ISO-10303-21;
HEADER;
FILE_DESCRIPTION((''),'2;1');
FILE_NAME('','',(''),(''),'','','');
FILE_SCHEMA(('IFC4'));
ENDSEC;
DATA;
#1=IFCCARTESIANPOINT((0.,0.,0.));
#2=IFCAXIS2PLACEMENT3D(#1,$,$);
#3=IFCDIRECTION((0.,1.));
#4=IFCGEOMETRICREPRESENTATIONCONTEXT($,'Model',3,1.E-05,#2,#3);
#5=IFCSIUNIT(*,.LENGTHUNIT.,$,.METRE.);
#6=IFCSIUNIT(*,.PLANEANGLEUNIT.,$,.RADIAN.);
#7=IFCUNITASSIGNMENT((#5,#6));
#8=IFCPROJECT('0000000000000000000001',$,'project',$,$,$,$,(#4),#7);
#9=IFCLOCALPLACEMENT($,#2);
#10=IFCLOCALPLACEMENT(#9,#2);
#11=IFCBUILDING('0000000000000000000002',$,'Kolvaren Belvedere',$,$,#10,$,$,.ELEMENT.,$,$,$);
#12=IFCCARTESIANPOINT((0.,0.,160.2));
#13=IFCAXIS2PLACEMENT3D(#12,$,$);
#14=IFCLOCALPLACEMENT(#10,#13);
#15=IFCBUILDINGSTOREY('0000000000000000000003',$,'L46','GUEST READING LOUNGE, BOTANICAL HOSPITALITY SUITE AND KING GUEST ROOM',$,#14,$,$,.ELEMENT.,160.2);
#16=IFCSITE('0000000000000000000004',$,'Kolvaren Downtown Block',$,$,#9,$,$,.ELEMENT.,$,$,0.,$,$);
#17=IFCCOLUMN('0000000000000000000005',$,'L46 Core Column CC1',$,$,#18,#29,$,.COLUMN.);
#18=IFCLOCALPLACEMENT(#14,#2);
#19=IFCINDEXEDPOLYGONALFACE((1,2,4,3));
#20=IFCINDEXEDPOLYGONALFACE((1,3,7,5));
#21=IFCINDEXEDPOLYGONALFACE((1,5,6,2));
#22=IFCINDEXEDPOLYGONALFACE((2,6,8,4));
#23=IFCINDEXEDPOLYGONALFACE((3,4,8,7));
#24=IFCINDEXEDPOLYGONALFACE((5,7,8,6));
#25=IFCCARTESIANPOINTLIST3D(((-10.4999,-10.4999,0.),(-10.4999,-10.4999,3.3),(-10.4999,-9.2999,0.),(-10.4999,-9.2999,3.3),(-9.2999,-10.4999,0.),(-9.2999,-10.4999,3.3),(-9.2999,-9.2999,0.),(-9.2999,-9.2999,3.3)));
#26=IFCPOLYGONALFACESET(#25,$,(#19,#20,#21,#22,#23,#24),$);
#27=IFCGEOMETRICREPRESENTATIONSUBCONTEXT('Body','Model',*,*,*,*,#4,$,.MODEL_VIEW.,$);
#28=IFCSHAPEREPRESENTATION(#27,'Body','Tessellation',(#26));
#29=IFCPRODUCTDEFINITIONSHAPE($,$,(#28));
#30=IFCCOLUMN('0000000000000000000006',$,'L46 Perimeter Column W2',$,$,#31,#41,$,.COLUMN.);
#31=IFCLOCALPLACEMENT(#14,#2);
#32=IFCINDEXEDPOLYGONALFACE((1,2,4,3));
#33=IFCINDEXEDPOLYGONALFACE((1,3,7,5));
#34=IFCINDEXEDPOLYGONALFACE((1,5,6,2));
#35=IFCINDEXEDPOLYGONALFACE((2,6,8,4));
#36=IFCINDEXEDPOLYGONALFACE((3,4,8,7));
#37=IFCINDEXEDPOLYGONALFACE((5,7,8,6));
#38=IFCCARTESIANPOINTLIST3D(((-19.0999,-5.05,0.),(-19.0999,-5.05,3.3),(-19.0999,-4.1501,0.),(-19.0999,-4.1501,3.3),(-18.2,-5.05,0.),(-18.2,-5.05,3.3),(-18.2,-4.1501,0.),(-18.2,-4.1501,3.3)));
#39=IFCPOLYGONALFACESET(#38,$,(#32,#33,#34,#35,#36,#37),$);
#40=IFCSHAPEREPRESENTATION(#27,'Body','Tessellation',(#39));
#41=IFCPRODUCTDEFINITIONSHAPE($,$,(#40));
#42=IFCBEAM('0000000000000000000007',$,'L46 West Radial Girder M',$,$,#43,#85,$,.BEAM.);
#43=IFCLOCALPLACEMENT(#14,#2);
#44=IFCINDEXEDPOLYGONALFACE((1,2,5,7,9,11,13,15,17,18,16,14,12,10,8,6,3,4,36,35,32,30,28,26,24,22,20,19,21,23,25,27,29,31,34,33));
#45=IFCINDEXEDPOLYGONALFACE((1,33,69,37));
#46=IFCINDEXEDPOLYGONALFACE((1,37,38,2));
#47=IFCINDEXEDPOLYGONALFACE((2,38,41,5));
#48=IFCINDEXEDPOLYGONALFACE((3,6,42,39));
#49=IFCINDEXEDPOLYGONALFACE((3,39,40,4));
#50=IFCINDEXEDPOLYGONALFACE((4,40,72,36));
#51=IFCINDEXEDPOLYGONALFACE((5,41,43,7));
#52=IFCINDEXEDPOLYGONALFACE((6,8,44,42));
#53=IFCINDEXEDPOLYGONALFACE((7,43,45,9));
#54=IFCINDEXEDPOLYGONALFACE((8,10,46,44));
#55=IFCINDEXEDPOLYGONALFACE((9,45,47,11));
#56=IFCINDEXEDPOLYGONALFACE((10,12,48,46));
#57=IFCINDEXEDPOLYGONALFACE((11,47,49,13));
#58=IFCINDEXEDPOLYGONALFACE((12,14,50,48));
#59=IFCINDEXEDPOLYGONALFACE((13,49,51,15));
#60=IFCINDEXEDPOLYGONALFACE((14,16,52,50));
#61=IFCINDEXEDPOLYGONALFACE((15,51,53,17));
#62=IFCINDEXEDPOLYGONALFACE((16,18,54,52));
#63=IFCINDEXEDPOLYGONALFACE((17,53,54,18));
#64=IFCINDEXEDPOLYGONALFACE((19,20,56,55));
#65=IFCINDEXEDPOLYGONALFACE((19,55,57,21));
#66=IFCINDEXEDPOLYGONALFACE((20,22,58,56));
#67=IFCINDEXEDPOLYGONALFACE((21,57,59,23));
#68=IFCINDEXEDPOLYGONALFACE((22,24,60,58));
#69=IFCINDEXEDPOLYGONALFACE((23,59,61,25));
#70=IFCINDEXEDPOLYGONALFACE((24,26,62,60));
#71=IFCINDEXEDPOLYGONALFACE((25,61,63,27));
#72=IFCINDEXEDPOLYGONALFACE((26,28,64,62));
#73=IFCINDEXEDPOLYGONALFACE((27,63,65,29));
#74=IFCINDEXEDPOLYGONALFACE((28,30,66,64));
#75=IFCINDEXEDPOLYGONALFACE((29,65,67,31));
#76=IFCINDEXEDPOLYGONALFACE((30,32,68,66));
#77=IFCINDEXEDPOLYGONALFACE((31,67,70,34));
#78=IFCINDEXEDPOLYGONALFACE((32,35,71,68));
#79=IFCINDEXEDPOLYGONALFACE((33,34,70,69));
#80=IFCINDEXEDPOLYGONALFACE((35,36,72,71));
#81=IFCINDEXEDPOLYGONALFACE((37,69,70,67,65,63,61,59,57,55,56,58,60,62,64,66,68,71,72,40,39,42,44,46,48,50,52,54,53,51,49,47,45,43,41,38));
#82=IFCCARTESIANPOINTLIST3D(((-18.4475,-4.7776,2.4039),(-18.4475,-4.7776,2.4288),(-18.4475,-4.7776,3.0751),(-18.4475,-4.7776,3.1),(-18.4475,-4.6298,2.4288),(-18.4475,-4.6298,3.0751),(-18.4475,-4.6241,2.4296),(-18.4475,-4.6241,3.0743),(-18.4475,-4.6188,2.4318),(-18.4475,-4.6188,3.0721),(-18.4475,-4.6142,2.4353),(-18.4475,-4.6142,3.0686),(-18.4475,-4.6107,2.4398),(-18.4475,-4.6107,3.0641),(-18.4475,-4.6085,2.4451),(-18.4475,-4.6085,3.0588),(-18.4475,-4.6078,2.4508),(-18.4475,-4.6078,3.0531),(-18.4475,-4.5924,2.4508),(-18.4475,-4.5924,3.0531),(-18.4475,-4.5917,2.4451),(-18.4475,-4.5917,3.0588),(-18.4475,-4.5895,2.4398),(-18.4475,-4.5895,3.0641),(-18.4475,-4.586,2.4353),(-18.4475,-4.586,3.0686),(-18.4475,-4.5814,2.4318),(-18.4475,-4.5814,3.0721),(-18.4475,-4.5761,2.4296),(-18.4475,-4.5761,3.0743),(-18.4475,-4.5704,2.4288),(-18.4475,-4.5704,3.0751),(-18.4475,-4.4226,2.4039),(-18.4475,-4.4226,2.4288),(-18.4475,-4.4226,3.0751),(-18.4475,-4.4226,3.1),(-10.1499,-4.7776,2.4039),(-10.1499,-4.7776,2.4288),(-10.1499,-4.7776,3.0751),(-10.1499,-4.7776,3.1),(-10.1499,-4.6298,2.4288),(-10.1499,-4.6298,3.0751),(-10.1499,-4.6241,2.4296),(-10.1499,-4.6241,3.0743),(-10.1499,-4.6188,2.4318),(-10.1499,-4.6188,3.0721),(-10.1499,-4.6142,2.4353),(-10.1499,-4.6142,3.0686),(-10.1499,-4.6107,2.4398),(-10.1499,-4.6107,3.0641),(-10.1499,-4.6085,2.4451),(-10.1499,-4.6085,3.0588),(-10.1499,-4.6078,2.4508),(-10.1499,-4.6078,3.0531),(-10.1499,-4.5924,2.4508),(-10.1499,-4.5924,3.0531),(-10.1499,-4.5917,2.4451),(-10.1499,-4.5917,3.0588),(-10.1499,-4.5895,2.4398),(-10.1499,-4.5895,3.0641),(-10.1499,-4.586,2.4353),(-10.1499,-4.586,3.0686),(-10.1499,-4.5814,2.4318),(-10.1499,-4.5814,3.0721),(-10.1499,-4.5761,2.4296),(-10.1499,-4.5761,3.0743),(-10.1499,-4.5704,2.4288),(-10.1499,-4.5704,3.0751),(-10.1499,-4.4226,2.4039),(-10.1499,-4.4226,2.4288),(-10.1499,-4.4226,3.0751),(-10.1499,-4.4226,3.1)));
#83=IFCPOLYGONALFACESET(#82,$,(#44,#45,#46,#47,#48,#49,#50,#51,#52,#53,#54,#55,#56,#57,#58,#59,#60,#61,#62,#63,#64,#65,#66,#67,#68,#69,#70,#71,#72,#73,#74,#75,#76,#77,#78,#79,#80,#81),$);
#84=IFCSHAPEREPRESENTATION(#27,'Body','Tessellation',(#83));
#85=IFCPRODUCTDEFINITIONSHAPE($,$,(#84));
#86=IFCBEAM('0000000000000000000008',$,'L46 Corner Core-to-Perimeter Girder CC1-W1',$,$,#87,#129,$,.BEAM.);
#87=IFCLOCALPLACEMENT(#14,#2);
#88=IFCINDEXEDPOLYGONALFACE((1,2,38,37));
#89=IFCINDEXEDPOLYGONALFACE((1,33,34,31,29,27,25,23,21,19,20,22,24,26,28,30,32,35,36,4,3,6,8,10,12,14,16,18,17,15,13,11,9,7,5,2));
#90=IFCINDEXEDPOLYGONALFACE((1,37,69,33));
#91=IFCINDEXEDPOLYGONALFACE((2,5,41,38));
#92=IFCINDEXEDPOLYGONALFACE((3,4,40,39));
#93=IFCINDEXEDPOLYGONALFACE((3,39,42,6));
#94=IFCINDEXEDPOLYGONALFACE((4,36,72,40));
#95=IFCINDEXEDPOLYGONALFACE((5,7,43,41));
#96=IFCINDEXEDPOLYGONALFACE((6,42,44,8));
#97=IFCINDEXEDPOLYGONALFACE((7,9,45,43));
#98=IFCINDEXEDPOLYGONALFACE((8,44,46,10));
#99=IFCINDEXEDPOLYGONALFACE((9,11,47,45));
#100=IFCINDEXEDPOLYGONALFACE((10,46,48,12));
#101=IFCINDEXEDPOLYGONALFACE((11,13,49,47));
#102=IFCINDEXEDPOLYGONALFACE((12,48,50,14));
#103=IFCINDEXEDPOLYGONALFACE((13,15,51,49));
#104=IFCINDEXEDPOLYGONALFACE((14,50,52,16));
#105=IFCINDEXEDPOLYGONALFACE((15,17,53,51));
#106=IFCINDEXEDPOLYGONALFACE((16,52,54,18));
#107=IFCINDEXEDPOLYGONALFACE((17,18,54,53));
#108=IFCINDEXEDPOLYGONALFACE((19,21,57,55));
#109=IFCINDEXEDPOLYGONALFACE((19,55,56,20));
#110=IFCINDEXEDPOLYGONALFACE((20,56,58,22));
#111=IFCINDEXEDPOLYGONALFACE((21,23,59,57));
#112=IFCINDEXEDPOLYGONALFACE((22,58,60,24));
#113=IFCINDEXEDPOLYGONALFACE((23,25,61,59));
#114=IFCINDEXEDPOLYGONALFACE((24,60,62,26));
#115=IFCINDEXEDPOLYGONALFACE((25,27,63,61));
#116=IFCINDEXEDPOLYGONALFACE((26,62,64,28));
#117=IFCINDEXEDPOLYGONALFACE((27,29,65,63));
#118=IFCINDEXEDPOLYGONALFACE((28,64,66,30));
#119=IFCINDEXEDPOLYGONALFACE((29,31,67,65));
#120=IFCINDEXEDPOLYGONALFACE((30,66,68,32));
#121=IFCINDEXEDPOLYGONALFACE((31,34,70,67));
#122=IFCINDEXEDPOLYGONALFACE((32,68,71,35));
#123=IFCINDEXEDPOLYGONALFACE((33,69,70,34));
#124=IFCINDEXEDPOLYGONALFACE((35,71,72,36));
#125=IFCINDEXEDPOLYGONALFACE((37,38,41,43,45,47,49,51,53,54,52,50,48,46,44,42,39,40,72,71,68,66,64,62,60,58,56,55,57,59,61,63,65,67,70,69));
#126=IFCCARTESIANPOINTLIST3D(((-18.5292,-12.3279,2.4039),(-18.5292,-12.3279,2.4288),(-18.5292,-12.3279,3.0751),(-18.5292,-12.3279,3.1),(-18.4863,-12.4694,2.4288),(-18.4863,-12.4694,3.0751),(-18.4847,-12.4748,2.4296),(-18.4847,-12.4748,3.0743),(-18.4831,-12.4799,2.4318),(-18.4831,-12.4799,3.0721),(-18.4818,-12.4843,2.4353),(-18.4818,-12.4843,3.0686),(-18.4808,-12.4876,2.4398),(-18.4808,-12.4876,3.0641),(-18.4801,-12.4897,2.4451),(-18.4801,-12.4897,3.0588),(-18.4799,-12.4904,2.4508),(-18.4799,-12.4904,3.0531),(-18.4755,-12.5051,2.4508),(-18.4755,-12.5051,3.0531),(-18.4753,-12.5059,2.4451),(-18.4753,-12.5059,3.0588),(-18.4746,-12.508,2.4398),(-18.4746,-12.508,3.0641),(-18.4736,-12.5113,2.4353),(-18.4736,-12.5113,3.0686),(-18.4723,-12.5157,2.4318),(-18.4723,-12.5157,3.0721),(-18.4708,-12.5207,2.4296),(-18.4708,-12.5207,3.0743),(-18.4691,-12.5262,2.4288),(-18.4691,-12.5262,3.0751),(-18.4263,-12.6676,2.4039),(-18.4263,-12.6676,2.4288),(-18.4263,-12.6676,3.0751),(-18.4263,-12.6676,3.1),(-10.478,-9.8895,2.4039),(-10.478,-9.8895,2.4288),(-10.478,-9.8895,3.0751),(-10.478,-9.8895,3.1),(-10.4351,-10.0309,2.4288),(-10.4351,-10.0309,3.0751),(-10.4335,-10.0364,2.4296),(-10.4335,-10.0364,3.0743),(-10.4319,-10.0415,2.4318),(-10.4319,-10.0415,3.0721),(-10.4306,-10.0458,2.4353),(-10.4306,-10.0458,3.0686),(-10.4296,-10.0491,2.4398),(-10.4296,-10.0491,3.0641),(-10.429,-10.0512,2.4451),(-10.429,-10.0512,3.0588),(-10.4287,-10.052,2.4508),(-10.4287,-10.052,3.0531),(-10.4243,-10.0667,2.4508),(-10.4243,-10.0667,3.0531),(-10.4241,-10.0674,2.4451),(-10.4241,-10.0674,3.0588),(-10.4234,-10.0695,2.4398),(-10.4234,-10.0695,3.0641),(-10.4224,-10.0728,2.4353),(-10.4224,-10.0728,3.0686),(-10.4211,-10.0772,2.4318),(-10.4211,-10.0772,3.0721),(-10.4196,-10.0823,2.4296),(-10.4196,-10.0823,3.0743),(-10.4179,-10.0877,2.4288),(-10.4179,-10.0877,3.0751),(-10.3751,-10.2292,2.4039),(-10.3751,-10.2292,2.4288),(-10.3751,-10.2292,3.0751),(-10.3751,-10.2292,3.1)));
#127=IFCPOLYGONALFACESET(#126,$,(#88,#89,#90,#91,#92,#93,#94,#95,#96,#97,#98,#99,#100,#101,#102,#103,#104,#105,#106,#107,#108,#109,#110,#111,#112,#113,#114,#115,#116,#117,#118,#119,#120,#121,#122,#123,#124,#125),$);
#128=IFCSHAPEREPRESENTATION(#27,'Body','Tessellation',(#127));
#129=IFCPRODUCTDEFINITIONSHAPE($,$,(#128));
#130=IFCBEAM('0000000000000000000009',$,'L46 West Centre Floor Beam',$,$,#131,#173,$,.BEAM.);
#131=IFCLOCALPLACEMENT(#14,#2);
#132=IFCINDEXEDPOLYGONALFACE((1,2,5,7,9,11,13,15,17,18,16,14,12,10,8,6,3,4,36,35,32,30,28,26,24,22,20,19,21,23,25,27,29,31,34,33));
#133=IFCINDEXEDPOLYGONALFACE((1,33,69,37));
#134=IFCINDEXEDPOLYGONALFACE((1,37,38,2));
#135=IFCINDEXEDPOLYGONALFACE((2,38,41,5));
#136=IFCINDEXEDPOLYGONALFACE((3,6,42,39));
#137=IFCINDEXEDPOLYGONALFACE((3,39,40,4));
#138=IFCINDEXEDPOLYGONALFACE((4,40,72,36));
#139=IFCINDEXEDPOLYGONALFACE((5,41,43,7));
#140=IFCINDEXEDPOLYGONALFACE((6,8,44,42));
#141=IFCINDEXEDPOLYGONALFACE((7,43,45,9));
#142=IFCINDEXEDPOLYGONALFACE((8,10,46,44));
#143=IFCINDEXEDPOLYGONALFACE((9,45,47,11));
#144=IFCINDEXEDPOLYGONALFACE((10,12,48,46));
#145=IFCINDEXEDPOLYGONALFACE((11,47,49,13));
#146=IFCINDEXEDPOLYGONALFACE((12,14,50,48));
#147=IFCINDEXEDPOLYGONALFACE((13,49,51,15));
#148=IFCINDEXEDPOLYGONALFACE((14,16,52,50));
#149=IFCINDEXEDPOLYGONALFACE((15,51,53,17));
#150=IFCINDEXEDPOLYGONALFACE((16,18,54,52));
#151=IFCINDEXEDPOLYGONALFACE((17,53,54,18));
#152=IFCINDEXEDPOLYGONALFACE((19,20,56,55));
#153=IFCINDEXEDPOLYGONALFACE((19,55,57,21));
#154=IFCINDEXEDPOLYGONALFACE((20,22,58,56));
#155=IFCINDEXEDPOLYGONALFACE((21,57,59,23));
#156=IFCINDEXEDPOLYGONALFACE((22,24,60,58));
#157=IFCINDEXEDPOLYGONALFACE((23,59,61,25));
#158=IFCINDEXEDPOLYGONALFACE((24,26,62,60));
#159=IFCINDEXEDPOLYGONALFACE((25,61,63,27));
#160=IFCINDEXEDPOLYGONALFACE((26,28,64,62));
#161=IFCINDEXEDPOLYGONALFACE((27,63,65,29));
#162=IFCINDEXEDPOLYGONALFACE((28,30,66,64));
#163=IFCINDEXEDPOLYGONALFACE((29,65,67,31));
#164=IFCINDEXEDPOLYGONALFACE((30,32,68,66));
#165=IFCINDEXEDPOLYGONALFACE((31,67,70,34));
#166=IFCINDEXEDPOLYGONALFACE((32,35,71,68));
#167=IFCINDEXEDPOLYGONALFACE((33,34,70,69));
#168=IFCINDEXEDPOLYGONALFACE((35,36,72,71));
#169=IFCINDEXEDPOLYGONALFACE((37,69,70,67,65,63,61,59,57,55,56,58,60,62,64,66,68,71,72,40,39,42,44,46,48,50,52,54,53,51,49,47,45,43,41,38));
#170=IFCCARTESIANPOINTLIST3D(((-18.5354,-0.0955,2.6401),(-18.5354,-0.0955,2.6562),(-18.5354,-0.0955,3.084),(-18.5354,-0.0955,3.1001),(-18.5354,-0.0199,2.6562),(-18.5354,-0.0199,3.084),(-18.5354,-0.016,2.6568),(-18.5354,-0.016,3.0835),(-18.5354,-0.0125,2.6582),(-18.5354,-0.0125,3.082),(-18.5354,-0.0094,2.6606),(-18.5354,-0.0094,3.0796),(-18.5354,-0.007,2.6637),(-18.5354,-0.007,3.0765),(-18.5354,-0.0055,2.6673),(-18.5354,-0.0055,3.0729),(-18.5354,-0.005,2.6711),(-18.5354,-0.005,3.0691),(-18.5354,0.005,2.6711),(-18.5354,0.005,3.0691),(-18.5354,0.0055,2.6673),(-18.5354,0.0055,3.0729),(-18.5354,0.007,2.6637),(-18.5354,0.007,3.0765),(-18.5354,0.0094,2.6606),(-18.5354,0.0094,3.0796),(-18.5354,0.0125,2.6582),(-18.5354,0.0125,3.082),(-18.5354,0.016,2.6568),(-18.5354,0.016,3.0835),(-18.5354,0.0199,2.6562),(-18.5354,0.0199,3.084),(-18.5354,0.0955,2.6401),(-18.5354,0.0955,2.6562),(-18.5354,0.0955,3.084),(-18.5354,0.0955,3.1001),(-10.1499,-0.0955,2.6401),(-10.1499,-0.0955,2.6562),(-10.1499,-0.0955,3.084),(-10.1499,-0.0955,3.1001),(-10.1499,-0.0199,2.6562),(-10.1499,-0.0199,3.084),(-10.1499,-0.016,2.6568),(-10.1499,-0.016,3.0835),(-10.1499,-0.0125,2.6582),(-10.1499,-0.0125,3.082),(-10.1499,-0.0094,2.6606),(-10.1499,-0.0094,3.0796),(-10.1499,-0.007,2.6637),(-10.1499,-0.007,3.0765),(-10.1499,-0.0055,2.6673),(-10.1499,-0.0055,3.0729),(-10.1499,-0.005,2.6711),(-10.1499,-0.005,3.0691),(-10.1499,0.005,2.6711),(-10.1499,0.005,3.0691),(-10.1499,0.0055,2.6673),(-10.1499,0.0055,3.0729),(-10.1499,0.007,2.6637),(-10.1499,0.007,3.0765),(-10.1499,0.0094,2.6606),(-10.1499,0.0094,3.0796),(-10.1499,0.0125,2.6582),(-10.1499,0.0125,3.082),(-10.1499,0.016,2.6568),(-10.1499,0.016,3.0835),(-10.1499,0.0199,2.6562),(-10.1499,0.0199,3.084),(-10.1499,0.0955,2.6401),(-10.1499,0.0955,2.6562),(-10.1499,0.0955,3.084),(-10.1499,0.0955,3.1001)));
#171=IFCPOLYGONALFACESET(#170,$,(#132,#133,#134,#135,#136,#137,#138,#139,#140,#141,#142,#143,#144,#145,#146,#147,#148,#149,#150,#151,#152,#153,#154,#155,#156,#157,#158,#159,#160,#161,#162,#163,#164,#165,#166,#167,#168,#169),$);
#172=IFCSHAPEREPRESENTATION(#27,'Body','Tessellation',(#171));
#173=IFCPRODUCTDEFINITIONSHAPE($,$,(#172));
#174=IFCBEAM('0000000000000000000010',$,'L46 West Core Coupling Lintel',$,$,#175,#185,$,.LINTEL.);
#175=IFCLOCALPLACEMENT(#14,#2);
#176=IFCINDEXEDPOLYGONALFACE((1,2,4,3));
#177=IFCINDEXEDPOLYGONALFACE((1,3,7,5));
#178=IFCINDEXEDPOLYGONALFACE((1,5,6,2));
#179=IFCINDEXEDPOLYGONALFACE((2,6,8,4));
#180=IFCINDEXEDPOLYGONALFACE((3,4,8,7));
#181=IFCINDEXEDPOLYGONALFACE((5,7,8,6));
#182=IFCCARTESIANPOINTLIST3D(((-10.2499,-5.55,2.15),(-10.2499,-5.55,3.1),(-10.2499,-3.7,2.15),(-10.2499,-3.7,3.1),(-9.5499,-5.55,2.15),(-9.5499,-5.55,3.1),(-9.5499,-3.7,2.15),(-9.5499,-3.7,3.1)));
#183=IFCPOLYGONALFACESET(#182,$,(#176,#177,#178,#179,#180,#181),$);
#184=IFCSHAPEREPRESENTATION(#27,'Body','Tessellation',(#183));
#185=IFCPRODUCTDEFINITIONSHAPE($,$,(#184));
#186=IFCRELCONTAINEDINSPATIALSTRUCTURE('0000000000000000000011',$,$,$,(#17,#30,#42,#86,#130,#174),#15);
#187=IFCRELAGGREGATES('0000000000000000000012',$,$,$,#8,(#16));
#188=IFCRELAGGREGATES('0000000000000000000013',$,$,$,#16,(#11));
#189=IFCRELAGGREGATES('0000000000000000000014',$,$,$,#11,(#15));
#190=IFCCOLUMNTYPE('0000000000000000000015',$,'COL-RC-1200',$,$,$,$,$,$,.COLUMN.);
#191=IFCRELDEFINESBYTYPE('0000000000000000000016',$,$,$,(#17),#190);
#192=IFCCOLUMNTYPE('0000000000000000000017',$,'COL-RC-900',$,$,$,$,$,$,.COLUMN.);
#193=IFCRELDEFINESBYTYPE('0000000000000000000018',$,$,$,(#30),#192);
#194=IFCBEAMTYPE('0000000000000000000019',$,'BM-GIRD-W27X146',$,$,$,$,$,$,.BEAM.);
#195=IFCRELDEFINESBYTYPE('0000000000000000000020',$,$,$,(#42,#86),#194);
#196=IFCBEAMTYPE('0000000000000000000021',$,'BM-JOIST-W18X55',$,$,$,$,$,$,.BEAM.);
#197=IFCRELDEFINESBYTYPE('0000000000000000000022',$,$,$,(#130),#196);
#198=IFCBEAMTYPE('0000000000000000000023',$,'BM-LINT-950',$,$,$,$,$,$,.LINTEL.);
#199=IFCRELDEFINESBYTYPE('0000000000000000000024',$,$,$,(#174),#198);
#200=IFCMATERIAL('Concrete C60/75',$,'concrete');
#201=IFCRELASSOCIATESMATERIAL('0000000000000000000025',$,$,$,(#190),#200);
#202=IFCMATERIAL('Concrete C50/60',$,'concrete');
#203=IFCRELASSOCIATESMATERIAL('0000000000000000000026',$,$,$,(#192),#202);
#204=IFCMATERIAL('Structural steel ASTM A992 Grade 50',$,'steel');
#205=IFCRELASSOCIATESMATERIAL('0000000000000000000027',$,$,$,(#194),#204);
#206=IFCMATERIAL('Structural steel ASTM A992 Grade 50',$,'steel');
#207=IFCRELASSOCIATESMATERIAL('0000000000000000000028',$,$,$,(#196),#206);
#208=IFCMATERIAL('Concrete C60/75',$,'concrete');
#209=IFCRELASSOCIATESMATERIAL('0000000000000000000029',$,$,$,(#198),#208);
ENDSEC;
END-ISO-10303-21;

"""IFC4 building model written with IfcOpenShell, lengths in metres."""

from ifc_helpers import new_model, si_unit, direction, frame, origin, origin_2d, place, context, subcontext, project, spatial, rectangle, i_section, extrude, material, material_profile, profile_set, type_object, element, save


model = new_model("IFC4")

# Units and contexts
model_context = context("Model", 3, precision=1e-05, world=origin(), true_north=direction((0.0, 1.0)))
body_context = subcontext(model_context, "Body", "Model", "MODEL_VIEW")
ifc_project = project(units=[si_unit("LENGTHUNIT", "METRE"), si_unit("PLANEANGLEUNIT", "RADIAN")], contexts=[model_context])

# Site, building, storey
site_placement = place(None, origin())
site = spatial("IfcSite", under=ifc_project, at=site_placement, Name="Kolvaren Downtown Block", CompositionType="ELEMENT", RefElevation=0.0)
building_placement = place(site_placement, origin())
building = spatial("IfcBuilding", under=site, at=building_placement, Name="Kolvaren Belvedere", CompositionType="ELEMENT")
storey_placement = place(building_placement, frame((0.0, 0.0, 160.2)))
storey = spatial("IfcBuildingStorey", under=building, at=storey_placement, Name="L46", Description="GUEST READING LOUNGE, BOTANICAL HOSPITALITY SUITE AND KING GUEST ROOM", CompositionType="ELEMENT", Elevation=160.2)

# Columns
ifc_material_1 = material(Name="Concrete C60/75", Category="concrete")
ifc_material_profile_1 = material_profile(ifc_material_1, rectangle(XDim=1.2, YDim=1.2, at=origin_2d()), Name="RC 1200X1200")
ifc_profile_set_1 = profile_set([ifc_material_profile_1], Name="Concrete C60/75")
column_type_1 = type_object("IfcColumnType", Name="COL-RC-1200", PredefinedType="COLUMN", material=ifc_profile_set_1)
column_1_placement = place(storey_placement, frame((-9.8999, -9.8999, 0.0), z_axis=(0.0, 0.0, 1.0), x_axis=(1.0, 0.0, 0.0)))
element("IfcColumn", 1, at=column_1_placement, inside=storey, type_object=column_type_1, Name="L46 Core Column CC1", PredefinedType="COLUMN", context=body_context, shape_type="SweptSolid", body=[
    extrude(rectangle(XDim=1.2, YDim=1.2, at=origin_2d()), origin(), (0.0, 0.0, 1.0), 3.3),
])
ifc_material_2 = material(Name="Concrete C50/60", Category="concrete")
ifc_material_profile_2 = material_profile(ifc_material_2, rectangle(XDim=0.8999, YDim=0.8999, at=origin_2d()), Name="RC 900X900")
ifc_profile_set_2 = profile_set([ifc_material_profile_2], Name="Concrete C50/60")
column_type_2 = type_object("IfcColumnType", Name="COL-RC-900", PredefinedType="COLUMN", material=ifc_profile_set_2)
column_2_placement = place(storey_placement, frame((-18.6499, -4.6001, 0.0), z_axis=(0.0, 0.0, 1.0), x_axis=(1.0, 0.0, 0.0)))
element("IfcColumn", 2, at=column_2_placement, inside=storey, type_object=column_type_2, Name="L46 Perimeter Column W2", PredefinedType="COLUMN", context=body_context, shape_type="SweptSolid", body=[
    extrude(rectangle(XDim=0.8999, YDim=0.8999, at=origin_2d()), origin(), (0.0, 0.0, 1.0), 3.3),
])

# Beams
ifc_material_3 = material(Name="Structural steel ASTM A992 Grade 50", Category="steel")
ifc_material_profile_3 = material_profile(ifc_material_3, i_section(OverallWidth=0.355, OverallDepth=0.696, WebThickness=0.0154, FlangeThickness=0.0249, FilletRadius=0.022, at=origin_2d()), Name="W27X146")
ifc_profile_set_3 = profile_set([ifc_material_profile_3], Name="Structural steel ASTM A992 Grade 50")
beam_type_1 = type_object("IfcBeamType", Name="BM-GIRD-W27X146", PredefinedType="BEAM", material=ifc_profile_set_3)
beam_1_placement = place(storey_placement, frame((-10.1499, -4.6001, 2.752), z_axis=(-1.0, 0.0, 0.0), x_axis=(0.0, -1.0, 0.0)))
element("IfcBeam", 3, at=beam_1_placement, inside=storey, type_object=beam_type_1, Name="L46 West Radial Girder M", PredefinedType="BEAM", context=body_context, shape_type="SweptSolid", body=[
    extrude(i_section(OverallWidth=0.355, OverallDepth=0.696, WebThickness=0.0154, FlangeThickness=0.0249, FilletRadius=0.022, at=origin_2d()), origin(), (0.0, 0.0, 1.0), 8.2976),
])
beam_2_placement = place(storey_placement, frame((-10.4265, -10.0593, 2.752), z_axis=(-0.957067, -0.289866, 0.0), x_axis=(0.289866, -0.957067, 0.0)))
element("IfcBeam", 4, at=beam_2_placement, inside=storey, type_object=beam_type_1, Name="L46 Corner Core-to-Perimeter Girder CC1-W1", PredefinedType="BEAM", context=body_context, shape_type="SweptSolid", body=[
    extrude(i_section(OverallWidth=0.355, OverallDepth=0.696, WebThickness=0.0154, FlangeThickness=0.0249, FilletRadius=0.022, at=origin_2d()), origin(), (0.0, 0.0, 1.0), 8.4124),
])
ifc_material_4 = material(Name="Structural steel ASTM A992 Grade 50", Category="steel")
ifc_material_profile_4 = material_profile(ifc_material_4, i_section(OverallWidth=0.1909, OverallDepth=0.46, WebThickness=0.01, FlangeThickness=0.0161, FilletRadius=0.0149, at=origin_2d()), Name="W18X55")
ifc_profile_set_4 = profile_set([ifc_material_profile_4], Name="Structural steel ASTM A992 Grade 50")
beam_type_2 = type_object("IfcBeamType", Name="BM-JOIST-W18X55", PredefinedType="BEAM", material=ifc_profile_set_4)
beam_3_placement = place(storey_placement, frame((-10.1499, 0.0, 2.8701), z_axis=(-1.0, 0.0, 0.0), x_axis=(0.0, -1.0, 0.0)))
element("IfcBeam", 5, at=beam_3_placement, inside=storey, type_object=beam_type_2, Name="L46 West Centre Floor Beam", PredefinedType="BEAM", context=body_context, shape_type="SweptSolid", body=[
    extrude(i_section(OverallWidth=0.1909, OverallDepth=0.46, WebThickness=0.01, FlangeThickness=0.0161, FilletRadius=0.0149, at=origin_2d()), origin(), (0.0, 0.0, 1.0), 8.3855),
])
ifc_material_5 = material(Name="Concrete C60/75", Category="concrete")
ifc_material_profile_5 = material_profile(ifc_material_5, rectangle(XDim=0.7, YDim=0.95, at=origin_2d()), Name="RC 700X950")
ifc_profile_set_5 = profile_set([ifc_material_profile_5], Name="Concrete C60/75")
beam_type_3 = type_object("IfcBeamType", Name="BM-LINT-950", PredefinedType="LINTEL", material=ifc_profile_set_5)
beam_4_placement = place(storey_placement, frame((-9.8999, -5.55, 2.625), z_axis=(0.0, 1.0, 0.0), x_axis=(-1.0, 0.0, 0.0)))
element("IfcBeam", 6, at=beam_4_placement, inside=storey, type_object=beam_type_3, Name="L46 West Core Coupling Lintel", PredefinedType="LINTEL", context=body_context, shape_type="SweptSolid", body=[
    extrude(rectangle(XDim=0.7, YDim=0.95, at=origin_2d()), origin(), (0.0, 0.0, 1.0), 1.8501),
])

save(model, "model.ifc")
